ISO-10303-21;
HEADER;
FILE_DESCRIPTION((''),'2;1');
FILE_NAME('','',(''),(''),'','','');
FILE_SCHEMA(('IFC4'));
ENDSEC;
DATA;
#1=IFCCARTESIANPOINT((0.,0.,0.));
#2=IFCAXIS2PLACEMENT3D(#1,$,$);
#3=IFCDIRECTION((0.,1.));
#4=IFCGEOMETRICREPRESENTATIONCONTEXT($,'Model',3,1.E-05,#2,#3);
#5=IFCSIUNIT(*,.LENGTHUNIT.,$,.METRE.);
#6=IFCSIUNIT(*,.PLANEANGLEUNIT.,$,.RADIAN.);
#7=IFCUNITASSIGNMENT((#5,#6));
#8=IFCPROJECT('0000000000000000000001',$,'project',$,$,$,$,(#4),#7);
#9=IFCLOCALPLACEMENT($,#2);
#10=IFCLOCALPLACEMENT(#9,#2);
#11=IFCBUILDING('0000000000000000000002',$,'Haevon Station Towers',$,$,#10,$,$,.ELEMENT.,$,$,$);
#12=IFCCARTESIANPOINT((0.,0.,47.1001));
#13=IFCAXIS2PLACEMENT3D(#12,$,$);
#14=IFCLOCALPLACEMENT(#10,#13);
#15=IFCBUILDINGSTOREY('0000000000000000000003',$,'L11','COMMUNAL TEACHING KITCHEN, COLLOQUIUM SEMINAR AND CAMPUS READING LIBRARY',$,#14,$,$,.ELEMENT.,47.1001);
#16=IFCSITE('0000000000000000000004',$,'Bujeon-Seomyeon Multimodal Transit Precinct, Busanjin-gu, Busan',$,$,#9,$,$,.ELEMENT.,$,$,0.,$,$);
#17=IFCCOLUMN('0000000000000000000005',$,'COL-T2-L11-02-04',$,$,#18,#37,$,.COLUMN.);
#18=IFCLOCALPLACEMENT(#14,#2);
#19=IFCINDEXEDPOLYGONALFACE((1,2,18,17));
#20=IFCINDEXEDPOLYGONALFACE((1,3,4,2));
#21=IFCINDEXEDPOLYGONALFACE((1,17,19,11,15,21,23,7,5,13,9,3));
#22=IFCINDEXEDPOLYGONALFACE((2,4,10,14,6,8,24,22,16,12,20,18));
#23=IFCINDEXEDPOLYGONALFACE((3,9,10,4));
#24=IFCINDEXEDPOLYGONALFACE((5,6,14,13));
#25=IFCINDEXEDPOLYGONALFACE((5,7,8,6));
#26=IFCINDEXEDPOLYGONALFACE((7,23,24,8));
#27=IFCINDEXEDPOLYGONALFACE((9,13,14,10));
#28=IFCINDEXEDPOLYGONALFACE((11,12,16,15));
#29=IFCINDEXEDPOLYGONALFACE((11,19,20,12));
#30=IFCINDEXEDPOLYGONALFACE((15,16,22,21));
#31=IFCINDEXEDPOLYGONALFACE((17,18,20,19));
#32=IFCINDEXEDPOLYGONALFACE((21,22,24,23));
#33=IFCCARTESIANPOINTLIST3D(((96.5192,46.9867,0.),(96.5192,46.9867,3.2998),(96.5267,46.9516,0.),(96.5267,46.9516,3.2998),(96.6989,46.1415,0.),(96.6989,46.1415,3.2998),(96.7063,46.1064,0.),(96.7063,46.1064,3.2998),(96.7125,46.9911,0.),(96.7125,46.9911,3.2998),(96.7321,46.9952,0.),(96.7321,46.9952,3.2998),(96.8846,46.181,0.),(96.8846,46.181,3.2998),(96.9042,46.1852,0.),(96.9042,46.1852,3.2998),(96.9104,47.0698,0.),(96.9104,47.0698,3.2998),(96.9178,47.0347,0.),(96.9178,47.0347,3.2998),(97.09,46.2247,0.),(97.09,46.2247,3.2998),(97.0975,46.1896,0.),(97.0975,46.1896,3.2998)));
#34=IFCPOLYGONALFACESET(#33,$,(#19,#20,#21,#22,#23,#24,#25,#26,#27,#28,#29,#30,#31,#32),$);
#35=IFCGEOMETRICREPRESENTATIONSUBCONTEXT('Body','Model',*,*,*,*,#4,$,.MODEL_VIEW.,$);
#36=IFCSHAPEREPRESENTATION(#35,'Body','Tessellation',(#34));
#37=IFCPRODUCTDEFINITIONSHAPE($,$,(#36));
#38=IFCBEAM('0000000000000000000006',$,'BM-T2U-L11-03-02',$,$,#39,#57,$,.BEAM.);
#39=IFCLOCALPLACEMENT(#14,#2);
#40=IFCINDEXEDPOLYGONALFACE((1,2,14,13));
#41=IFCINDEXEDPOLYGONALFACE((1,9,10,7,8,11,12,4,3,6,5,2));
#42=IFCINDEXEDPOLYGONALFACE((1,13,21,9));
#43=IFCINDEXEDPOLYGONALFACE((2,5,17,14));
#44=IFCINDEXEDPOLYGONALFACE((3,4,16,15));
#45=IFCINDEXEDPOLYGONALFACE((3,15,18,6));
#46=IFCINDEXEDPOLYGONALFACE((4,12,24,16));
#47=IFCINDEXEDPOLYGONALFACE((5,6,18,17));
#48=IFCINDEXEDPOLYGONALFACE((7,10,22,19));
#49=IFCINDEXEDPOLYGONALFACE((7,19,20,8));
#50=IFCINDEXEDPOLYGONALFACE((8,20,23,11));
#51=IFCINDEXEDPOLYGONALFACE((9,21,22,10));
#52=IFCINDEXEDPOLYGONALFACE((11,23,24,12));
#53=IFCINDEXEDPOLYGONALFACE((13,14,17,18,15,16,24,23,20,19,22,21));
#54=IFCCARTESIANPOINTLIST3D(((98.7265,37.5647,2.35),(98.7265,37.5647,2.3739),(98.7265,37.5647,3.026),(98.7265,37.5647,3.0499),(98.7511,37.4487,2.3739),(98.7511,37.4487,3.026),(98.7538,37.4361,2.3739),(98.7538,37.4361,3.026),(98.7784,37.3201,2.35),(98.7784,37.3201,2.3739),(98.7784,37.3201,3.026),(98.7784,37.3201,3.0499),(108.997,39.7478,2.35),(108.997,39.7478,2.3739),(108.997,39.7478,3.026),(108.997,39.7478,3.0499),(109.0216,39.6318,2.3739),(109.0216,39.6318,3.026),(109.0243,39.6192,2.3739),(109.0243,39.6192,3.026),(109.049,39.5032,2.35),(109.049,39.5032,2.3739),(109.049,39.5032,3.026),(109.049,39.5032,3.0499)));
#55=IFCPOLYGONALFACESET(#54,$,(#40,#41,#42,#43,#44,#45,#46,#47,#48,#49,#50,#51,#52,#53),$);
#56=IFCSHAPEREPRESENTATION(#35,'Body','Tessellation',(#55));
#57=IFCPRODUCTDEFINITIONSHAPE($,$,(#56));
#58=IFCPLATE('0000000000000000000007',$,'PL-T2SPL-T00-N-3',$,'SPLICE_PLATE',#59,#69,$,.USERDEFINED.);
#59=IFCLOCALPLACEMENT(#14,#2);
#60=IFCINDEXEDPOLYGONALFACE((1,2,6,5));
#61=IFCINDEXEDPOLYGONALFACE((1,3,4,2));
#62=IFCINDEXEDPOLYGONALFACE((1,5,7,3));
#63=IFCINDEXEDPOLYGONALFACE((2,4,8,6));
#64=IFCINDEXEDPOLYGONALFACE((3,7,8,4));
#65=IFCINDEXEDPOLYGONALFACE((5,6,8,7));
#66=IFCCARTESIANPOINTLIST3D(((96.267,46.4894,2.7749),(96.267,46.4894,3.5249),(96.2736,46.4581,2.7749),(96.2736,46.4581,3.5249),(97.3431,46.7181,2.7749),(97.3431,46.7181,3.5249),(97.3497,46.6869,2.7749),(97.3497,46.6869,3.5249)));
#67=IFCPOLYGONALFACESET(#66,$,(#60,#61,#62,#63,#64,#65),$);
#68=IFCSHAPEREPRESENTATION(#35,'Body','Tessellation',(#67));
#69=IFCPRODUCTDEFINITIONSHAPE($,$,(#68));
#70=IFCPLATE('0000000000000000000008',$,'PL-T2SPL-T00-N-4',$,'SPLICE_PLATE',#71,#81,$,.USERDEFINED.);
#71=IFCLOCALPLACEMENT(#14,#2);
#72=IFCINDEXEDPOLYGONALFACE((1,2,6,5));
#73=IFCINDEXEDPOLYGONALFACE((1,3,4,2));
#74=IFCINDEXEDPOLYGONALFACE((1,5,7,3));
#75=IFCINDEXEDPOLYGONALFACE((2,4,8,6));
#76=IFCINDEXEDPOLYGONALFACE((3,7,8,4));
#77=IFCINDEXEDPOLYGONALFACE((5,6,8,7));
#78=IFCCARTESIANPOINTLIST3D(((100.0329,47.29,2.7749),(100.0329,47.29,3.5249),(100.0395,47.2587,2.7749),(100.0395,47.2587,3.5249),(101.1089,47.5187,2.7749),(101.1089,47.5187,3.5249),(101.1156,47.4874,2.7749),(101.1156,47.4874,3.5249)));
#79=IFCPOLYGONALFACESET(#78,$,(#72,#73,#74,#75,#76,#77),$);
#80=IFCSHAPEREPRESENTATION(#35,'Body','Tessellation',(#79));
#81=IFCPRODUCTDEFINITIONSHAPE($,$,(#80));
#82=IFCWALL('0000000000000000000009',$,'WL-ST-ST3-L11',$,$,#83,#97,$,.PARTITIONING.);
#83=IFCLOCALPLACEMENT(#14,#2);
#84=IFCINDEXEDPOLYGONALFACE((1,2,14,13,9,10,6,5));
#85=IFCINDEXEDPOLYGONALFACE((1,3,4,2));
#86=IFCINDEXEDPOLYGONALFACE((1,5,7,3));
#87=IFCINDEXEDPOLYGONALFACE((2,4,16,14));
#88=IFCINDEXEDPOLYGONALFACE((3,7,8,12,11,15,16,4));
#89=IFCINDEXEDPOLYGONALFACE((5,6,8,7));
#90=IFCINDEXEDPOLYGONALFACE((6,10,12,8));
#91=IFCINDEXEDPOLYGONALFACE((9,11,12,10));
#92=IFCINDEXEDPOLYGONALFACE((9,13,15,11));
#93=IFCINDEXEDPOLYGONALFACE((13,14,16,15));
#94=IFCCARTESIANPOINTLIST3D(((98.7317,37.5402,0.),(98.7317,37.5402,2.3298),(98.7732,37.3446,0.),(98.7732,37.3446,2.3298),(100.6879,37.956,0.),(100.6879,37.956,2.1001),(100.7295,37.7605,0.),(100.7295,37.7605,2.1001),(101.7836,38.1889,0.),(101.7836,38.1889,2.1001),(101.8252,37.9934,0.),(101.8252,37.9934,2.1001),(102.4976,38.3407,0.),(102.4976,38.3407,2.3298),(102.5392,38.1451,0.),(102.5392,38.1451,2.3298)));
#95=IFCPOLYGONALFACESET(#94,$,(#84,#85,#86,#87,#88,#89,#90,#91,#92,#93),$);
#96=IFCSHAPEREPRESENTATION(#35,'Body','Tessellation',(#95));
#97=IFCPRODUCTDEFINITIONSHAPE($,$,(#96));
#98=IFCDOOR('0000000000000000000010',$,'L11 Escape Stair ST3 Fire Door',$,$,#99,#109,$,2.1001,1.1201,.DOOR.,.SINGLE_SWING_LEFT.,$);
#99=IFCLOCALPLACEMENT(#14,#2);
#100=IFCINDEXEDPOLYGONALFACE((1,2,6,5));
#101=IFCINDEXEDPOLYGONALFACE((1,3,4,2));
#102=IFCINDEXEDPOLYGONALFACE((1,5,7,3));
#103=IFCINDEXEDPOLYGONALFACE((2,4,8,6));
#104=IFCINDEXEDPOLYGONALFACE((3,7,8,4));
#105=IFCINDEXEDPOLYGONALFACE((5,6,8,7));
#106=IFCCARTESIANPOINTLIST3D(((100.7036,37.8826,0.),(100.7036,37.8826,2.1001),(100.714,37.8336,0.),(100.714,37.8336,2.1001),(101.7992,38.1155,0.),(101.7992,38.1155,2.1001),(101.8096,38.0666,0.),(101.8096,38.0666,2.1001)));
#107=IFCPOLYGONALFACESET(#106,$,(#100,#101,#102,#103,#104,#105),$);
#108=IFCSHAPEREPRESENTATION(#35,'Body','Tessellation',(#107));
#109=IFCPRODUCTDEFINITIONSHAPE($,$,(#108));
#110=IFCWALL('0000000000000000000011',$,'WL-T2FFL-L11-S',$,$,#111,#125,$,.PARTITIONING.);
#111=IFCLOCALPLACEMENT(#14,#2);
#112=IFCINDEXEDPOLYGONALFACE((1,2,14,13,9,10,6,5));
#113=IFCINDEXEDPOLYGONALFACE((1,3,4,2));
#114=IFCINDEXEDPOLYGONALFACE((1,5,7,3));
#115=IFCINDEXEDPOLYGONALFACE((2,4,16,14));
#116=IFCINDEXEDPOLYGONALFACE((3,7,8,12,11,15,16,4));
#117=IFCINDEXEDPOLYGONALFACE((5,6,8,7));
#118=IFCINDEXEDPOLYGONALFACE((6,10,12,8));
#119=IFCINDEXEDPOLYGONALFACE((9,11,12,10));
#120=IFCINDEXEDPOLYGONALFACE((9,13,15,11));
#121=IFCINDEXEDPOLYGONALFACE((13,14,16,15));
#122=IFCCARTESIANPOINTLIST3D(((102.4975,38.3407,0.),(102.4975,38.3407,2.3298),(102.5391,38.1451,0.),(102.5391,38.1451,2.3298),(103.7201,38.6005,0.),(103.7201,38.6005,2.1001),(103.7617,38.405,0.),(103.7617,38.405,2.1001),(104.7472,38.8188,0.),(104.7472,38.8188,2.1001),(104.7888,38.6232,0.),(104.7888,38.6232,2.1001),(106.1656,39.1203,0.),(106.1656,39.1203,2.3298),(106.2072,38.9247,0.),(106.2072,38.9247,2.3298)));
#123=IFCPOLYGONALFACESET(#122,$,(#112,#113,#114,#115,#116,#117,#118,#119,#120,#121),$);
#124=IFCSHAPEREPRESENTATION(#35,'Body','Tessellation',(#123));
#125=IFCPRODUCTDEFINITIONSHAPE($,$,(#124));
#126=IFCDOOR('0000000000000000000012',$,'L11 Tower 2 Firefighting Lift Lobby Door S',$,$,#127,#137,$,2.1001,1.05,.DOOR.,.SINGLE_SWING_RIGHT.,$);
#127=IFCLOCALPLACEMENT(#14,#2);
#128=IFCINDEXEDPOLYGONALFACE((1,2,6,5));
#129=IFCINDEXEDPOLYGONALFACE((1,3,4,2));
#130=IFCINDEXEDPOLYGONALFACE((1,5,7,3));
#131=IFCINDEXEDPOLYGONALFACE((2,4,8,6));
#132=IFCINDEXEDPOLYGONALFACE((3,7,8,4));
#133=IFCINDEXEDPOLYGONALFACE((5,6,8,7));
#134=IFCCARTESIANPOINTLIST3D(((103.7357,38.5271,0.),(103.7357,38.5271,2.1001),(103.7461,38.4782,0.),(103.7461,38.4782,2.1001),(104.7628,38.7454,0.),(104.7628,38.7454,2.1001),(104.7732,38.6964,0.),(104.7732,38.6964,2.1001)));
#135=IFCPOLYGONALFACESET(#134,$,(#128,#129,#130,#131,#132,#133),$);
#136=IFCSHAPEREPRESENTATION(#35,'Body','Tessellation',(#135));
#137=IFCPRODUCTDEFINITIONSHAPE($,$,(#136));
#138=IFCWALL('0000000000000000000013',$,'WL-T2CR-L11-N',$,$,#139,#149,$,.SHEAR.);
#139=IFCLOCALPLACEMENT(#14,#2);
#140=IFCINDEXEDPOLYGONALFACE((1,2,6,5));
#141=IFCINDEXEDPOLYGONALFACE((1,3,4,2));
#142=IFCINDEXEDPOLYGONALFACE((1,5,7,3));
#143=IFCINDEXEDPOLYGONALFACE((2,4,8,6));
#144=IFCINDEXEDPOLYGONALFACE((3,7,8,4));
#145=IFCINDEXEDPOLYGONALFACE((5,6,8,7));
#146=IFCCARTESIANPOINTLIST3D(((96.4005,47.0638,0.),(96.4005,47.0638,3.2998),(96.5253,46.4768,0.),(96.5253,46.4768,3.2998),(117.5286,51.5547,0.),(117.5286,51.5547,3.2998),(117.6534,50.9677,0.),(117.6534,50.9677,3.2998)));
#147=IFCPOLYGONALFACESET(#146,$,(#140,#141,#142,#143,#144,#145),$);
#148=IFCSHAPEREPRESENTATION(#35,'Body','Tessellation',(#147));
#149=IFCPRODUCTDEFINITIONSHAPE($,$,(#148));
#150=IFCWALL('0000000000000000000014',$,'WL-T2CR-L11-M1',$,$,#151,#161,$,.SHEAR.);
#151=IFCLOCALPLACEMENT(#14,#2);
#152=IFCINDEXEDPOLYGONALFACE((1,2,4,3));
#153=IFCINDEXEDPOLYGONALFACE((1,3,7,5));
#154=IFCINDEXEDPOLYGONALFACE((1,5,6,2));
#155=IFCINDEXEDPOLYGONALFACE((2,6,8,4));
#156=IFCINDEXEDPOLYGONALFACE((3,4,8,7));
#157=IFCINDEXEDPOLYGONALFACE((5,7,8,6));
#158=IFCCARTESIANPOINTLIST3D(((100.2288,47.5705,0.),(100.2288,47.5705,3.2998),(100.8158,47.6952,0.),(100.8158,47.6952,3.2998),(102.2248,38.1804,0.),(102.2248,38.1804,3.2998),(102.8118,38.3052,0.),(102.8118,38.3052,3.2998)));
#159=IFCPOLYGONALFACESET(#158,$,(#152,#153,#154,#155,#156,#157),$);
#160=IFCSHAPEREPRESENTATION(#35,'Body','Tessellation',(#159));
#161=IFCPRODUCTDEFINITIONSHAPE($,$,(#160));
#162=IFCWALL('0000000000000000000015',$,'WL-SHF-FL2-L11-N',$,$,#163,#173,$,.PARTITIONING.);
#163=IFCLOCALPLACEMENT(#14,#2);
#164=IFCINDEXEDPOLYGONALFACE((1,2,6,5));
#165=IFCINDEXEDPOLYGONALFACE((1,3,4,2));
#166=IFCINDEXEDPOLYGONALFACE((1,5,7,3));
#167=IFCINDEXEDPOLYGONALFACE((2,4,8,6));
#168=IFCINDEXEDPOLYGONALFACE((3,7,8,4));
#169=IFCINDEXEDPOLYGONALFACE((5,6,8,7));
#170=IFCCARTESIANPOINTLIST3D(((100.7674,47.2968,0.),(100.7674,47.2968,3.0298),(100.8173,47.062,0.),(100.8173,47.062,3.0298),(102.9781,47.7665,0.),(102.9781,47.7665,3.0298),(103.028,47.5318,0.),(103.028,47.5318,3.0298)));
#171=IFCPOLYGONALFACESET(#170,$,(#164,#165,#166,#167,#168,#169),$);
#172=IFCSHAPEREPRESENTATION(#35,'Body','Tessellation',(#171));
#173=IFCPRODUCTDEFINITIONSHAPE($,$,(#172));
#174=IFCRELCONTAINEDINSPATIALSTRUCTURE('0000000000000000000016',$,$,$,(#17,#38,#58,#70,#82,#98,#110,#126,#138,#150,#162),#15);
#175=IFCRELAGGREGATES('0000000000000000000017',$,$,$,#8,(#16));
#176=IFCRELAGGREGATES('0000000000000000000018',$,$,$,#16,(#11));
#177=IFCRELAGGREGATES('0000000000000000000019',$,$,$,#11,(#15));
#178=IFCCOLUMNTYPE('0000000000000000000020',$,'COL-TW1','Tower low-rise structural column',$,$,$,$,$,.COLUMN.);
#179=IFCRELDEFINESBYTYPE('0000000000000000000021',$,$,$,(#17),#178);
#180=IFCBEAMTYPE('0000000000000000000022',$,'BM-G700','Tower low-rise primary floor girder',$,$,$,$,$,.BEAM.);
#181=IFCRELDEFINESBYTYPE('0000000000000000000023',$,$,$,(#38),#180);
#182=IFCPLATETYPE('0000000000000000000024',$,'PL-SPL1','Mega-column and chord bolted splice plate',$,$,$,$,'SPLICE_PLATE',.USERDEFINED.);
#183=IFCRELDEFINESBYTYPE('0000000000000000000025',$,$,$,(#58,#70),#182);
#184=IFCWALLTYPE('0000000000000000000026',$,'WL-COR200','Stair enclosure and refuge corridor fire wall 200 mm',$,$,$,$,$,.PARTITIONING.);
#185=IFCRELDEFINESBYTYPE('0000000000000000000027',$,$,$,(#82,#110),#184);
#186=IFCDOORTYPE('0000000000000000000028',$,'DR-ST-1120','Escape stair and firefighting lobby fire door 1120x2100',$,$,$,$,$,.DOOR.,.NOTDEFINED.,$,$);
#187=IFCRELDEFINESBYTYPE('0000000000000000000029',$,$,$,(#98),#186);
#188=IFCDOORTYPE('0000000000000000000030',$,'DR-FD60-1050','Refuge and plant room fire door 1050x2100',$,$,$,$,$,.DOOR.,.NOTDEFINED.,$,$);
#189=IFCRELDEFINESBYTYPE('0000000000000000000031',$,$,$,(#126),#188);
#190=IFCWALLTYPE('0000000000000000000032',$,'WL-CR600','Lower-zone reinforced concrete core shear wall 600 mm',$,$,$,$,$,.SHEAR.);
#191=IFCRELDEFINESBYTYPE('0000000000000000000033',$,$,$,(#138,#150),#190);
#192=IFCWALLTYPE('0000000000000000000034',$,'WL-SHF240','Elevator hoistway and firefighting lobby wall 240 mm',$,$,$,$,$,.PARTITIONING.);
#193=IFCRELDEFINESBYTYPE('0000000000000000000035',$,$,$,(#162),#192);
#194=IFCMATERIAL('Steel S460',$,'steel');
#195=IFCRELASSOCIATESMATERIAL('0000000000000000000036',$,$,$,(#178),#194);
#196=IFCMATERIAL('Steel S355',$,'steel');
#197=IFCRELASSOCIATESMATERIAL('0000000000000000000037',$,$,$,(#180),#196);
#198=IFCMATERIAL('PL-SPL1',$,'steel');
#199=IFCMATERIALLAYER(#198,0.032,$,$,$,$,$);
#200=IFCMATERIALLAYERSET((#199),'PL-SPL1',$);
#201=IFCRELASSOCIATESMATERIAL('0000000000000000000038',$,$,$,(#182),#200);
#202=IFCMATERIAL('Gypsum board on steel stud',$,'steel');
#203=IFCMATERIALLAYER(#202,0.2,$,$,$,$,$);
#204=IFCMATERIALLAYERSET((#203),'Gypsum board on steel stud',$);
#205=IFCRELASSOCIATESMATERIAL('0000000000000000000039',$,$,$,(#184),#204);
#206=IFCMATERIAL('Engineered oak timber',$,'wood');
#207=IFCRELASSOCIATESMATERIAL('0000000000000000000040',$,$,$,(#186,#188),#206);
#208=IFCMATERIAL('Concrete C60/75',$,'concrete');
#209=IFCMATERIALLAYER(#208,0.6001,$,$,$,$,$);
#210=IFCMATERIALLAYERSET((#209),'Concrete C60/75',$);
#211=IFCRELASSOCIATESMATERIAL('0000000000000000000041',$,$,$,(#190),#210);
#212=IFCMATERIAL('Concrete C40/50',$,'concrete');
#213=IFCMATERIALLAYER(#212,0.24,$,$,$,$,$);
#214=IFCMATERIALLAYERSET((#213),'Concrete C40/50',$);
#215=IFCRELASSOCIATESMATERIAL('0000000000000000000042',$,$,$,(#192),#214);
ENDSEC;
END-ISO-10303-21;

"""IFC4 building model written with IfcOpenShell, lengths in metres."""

from ifc_helpers import new_model, si_unit, direction, frame, frame_2d, origin, origin_2d, place, context, subcontext, project, spatial, rectangle, i_section, extrude, material, layer, layer_set, material_profile, profile_set, type_object, element, fill, save


model = new_model("IFC4")

# Units and contexts
model_context = context("Model", 3, precision=1e-05, world=origin(), true_north=direction((0.0, 1.0)))
body_context = subcontext(model_context, "Body", "Model", "MODEL_VIEW")
ifc_project = project(units=[si_unit("LENGTHUNIT", "METRE"), si_unit("PLANEANGLEUNIT", "RADIAN")], contexts=[model_context])

# Site, building, storey
site_placement = place(None, origin())
site = spatial("IfcSite", under=ifc_project, at=site_placement, Name="Bujeon-Seomyeon Multimodal Transit Precinct, Busanjin-gu, Busan", CompositionType="ELEMENT", RefElevation=0.0)
building_placement = place(site_placement, origin())
building = spatial("IfcBuilding", under=site, at=building_placement, Name="Haevon Station Towers", CompositionType="ELEMENT")
storey_placement = place(building_placement, frame((0.0, 0.0, 47.1001)))
storey = spatial("IfcBuildingStorey", under=building, at=storey_placement, Name="L11", Description="COMMUNAL TEACHING KITCHEN, COLLOQUIUM SEMINAR AND CAMPUS READING LIBRARY", CompositionType="ELEMENT", Elevation=47.1001)

# Column
ifc_material_1 = material(Name="Steel S460", Category="steel")
ifc_material_profile_1 = material_profile(ifc_material_1, i_section(OverallWidth=0.3999, OverallDepth=0.8999, WebThickness=0.02, FlangeThickness=0.0359, at=origin_2d()), Name="H-900x400x20x36")
ifc_profile_set_1 = profile_set([ifc_material_profile_1], Name="Steel S460")
column_type = type_object("IfcColumnType", Name="COL-TW1", Description="Tower low-rise structural column", PredefinedType="COLUMN", material=ifc_profile_set_1)
column_placement = place(storey_placement, frame((96.8083, 46.5881, 0.0), z_axis=(0.0, 0.0, 1.0), x_axis=(0.978148, 0.207912, 0.0)))
element("IfcColumn", 1, at=column_placement, inside=storey, type_object=column_type, Name="COL-T2-L11-02-04", PredefinedType="COLUMN", context=body_context, shape_type="SweptSolid", body=[
    extrude(i_section(OverallWidth=0.3999, OverallDepth=0.8999, WebThickness=0.02, FlangeThickness=0.0359, at=origin_2d()), origin(), (0.0, 0.0, 1.0), 3.2998),
])

# Beam
ifc_material_2 = material(Name="Steel S355", Category="steel")
ifc_material_profile_2 = material_profile(ifc_material_2, i_section(OverallWidth=0.25, OverallDepth=0.7, WebThickness=0.0129, FlangeThickness=0.0239, at=origin_2d()), Name="H-700x250x13x24")
ifc_profile_set_2 = profile_set([ifc_material_profile_2], Name="Steel S355")
beam_type = type_object("IfcBeamType", Name="BM-G700", Description="Tower low-rise primary floor girder", PredefinedType="BEAM", material=ifc_profile_set_2)
beam_placement = place(storey_placement, frame((98.7524, 37.4424, 2.7), z_axis=(0.978147, 0.207915, 0.0), x_axis=(-0.207915, 0.978147, 0.0)))
element("IfcBeam", 2, at=beam_placement, inside=storey, type_object=beam_type, Name="BM-T2U-L11-03-02", PredefinedType="BEAM", context=body_context, shape_type="SweptSolid", body=[
    extrude(i_section(OverallWidth=0.25, OverallDepth=0.7, WebThickness=0.0129, FlangeThickness=0.0239, at=origin_2d()), origin(), (0.0, 0.0, 1.0), 10.5),
])

# Plates
ifc_material_3 = material(Name="PL-SPL1", Category="steel")
ifc_layer_1 = layer(ifc_material_3, 0.032)
ifc_layer_set_1 = layer_set([ifc_layer_1], Name="PL-SPL1")
plate_type = type_object("IfcPlateType", Name="PL-SPL1", Description="Mega-column and chord bolted splice plate", ElementType="SPLICE_PLATE", PredefinedType="USERDEFINED", material=ifc_layer_set_1)
for number, where, z_axis, x_axis, name in (
    (3, (96.8083, 46.5881, 2.7749), (0.0, 0.0, 1.0), (0.978148, 0.207912, 0.0), "PL-T2SPL-T00-N-3"),
    (4, (100.5742, 47.3887, 2.7749), (0.0, 0.0, 1.0), (0.978148, 0.207912, 0.0), "PL-T2SPL-T00-N-4"),
):
    element("IfcPlate", number, at=place(storey_placement, frame(where, z_axis=z_axis, x_axis=x_axis)), inside=storey, type_object=plate_type, Name=name, ObjectType="SPLICE_PLATE", PredefinedType="USERDEFINED", context=body_context, shape_type="SweptSolid", body=[
        extrude(rectangle(XDim=1.1001, YDim=0.032, at=origin_2d()), origin(), (0.0, 0.0, 1.0), 0.75),
    ])

# Walls, openings, doors
ifc_material_4 = material(Name="Gypsum board on steel stud", Category="steel")
ifc_layer_2 = layer(ifc_material_4, 0.2)
ifc_layer_set_2 = layer_set([ifc_layer_2], Name="Gypsum board on steel stud")
wall_type_1 = type_object("IfcWallType", Name="WL-COR200", Description="Stair enclosure and refuge corridor fire wall 200 mm", PredefinedType="PARTITIONING", material=ifc_layer_set_2)
wall_1_placement = place(storey_placement, frame((98.7524, 37.4424, 0.0), z_axis=(0.0, 0.0, 1.0), x_axis=(0.978144, 0.207931, 0.0)))
wall_1 = element("IfcWall", 5, at=wall_1_placement, inside=storey, type_object=wall_type_1, Name="WL-ST-ST3-L11", PredefinedType="PARTITIONING", context=body_context, shape_type="SweptSolid", body=[
    extrude(rectangle(XDim=3.8501, YDim=0.2, at=frame_2d((1.925, 0.0))), origin(), (0.0, 0.0, 1.0), 2.3298),
])
opening_1_placement = place(wall_1_placement, frame((2.0, 0.0, 0.0)))
opening_1 = element("IfcOpeningElement", 6, at=opening_1_placement, cuts=wall_1, PredefinedType="OPENING", context=body_context, shape_type="SweptSolid", body=[
    extrude(rectangle(XDim=1.1201, YDim=2.1001, at=frame_2d((0.5601, 1.05))), frame((0.0, 0.1099, 0.0), z_axis=(0.0, -1.0, 0.0), x_axis=(1.0, 0.0, 0.0)), (0.0, 0.0, 1.0), 0.22),
])
ifc_material_5 = material(Name="Engineered oak timber", Category="wood")
door_type_1 = type_object("IfcDoorType", Name="DR-ST-1120", Description="Escape stair and firefighting lobby fire door 1120x2100", OperationType="NOTDEFINED", PredefinedType="DOOR", material=ifc_material_5)
door_1_placement = place(opening_1_placement, origin())
door_1 = element("IfcDoor", 7, at=door_1_placement, inside=storey, type_object=door_type_1, Name="L11 Escape Stair ST3 Fire Door", OperationType="SINGLE_SWING_LEFT", OverallHeight=2.1001, OverallWidth=1.1201, PredefinedType="DOOR", context=body_context, shape_type="SweptSolid", body=[
    extrude(rectangle(XDim=1.1201, YDim=2.1001, at=frame_2d((0.5601, 1.05))), frame((0.0, 0.0249, 0.0), z_axis=(0.0, -1.0, 0.0), x_axis=(1.0, 0.0, 0.0)), (0.0, 0.0, 1.0), 0.05),
])
fill(opening_1, door_1)
wall_2_placement = place(storey_placement, frame((102.5183, 38.2429, 0.0), z_axis=(0.0, 0.0, 1.0), x_axis=(0.978154, 0.207884, 0.0)))
wall_2 = element("IfcWall", 8, at=wall_2_placement, inside=storey, type_object=wall_type_1, Name="WL-T2FFL-L11-S", PredefinedType="PARTITIONING", context=body_context, shape_type="SweptSolid", body=[
    extrude(rectangle(XDim=3.75, YDim=0.2, at=frame_2d((1.875, 0.0))), origin(), (0.0, 0.0, 1.0), 2.3298),
])
opening_2_placement = place(wall_2_placement, frame((1.25, 0.0, 0.0)))
opening_2 = element("IfcOpeningElement", 9, at=opening_2_placement, cuts=wall_2, PredefinedType="OPENING", context=body_context, shape_type="SweptSolid", body=[
    extrude(rectangle(XDim=1.05, YDim=2.1001, at=frame_2d((0.5249, 1.05))), frame((0.0, 0.1099, 0.0), z_axis=(0.0, -1.0, 0.0), x_axis=(1.0, 0.0, 0.0)), (0.0, 0.0, 1.0), 0.22),
])
door_type_2 = type_object("IfcDoorType", Name="DR-FD60-1050", Description="Refuge and plant room fire door 1050x2100", OperationType="NOTDEFINED", PredefinedType="DOOR", material=ifc_material_5)
door_2_placement = place(opening_2_placement, origin())
door_2 = element("IfcDoor", 10, at=door_2_placement, inside=storey, type_object=door_type_2, Name="L11 Tower 2 Firefighting Lift Lobby Door S", OperationType="SINGLE_SWING_RIGHT", OverallHeight=2.1001, OverallWidth=1.05, PredefinedType="DOOR", context=body_context, shape_type="SweptSolid", body=[
    extrude(rectangle(XDim=1.05, YDim=2.1001, at=frame_2d((0.5249, 1.05))), frame((0.0, 0.0249, 0.0), z_axis=(0.0, -1.0, 0.0), x_axis=(1.0, 0.0, 0.0)), (0.0, 0.0, 1.0), 0.05),
])
fill(opening_2, door_2)

# Walls
ifc_material_6 = material(Name="Concrete C60/75", Category="concrete")
ifc_layer_3 = layer(ifc_material_6, 0.6001)
ifc_layer_set_3 = layer_set([ifc_layer_3], Name="Concrete C60/75")
wall_type_2 = type_object("IfcWallType", Name="WL-CR600", Description="Lower-zone reinforced concrete core shear wall 600 mm", PredefinedType="SHEAR", material=ifc_layer_set_3)
wall_3_placement = place(storey_placement, frame((96.4629, 46.7703, 0.0), z_axis=(0.0, 0.0, 1.0), x_axis=(0.978147, 0.207913, 0.0)))
element("IfcWall", 11, at=wall_3_placement, inside=storey, type_object=wall_type_2, Name="WL-T2CR-L11-N", PredefinedType="SHEAR", context=body_context, shape_type="SweptSolid", body=[
    extrude(rectangle(XDim=21.6001, YDim=0.6001, at=frame_2d((10.8, 0.0))), origin(), (0.0, 0.0, 1.0), 3.2998),
])
wall_4_placement = place(storey_placement, frame((102.5183, 38.2429, 0.0), z_axis=(0.0, 0.0, 1.0), x_axis=(-0.207927, 0.978144, 0.0)))
element("IfcWall", 12, at=wall_4_placement, inside=storey, type_object=wall_type_2, Name="WL-T2CR-L11-M1", PredefinedType="SHEAR", context=body_context, shape_type="SweptSolid", body=[
    extrude(rectangle(XDim=9.5999, YDim=0.6001, at=frame_2d((4.7998, 0.0))), origin(), (0.0, 0.0, 1.0), 3.2998),
])

# Shared definitions
ifc_material_7 = material(Name="Concrete C40/50", Category="concrete")
ifc_layer_4 = layer(ifc_material_7, 0.24)
ifc_layer_set_4 = layer_set([ifc_layer_4], Name="Concrete C40/50")
wall_type_3 = type_object("IfcWallType", Name="WL-SHF240", Description="Elevator hoistway and firefighting lobby wall 240 mm", PredefinedType="PARTITIONING", material=ifc_layer_set_4)

# Wall
wall_5_placement = place(storey_placement, frame((100.7925, 47.1794, 0.0), z_axis=(0.0, 0.0, 1.0), x_axis=(0.978163, 0.207839, 0.0)))
element("IfcWall", 13, at=wall_5_placement, inside=storey, type_object=wall_type_3, Name="WL-SHF-FL2-L11-N", PredefinedType="PARTITIONING", context=body_context, shape_type="SweptSolid", body=[
    extrude(rectangle(XDim=2.26, YDim=0.24, at=frame_2d((1.1299, 0.0))), origin(), (0.0, 0.0, 1.0), 3.0298),
])

save(model, "model.ifc")
